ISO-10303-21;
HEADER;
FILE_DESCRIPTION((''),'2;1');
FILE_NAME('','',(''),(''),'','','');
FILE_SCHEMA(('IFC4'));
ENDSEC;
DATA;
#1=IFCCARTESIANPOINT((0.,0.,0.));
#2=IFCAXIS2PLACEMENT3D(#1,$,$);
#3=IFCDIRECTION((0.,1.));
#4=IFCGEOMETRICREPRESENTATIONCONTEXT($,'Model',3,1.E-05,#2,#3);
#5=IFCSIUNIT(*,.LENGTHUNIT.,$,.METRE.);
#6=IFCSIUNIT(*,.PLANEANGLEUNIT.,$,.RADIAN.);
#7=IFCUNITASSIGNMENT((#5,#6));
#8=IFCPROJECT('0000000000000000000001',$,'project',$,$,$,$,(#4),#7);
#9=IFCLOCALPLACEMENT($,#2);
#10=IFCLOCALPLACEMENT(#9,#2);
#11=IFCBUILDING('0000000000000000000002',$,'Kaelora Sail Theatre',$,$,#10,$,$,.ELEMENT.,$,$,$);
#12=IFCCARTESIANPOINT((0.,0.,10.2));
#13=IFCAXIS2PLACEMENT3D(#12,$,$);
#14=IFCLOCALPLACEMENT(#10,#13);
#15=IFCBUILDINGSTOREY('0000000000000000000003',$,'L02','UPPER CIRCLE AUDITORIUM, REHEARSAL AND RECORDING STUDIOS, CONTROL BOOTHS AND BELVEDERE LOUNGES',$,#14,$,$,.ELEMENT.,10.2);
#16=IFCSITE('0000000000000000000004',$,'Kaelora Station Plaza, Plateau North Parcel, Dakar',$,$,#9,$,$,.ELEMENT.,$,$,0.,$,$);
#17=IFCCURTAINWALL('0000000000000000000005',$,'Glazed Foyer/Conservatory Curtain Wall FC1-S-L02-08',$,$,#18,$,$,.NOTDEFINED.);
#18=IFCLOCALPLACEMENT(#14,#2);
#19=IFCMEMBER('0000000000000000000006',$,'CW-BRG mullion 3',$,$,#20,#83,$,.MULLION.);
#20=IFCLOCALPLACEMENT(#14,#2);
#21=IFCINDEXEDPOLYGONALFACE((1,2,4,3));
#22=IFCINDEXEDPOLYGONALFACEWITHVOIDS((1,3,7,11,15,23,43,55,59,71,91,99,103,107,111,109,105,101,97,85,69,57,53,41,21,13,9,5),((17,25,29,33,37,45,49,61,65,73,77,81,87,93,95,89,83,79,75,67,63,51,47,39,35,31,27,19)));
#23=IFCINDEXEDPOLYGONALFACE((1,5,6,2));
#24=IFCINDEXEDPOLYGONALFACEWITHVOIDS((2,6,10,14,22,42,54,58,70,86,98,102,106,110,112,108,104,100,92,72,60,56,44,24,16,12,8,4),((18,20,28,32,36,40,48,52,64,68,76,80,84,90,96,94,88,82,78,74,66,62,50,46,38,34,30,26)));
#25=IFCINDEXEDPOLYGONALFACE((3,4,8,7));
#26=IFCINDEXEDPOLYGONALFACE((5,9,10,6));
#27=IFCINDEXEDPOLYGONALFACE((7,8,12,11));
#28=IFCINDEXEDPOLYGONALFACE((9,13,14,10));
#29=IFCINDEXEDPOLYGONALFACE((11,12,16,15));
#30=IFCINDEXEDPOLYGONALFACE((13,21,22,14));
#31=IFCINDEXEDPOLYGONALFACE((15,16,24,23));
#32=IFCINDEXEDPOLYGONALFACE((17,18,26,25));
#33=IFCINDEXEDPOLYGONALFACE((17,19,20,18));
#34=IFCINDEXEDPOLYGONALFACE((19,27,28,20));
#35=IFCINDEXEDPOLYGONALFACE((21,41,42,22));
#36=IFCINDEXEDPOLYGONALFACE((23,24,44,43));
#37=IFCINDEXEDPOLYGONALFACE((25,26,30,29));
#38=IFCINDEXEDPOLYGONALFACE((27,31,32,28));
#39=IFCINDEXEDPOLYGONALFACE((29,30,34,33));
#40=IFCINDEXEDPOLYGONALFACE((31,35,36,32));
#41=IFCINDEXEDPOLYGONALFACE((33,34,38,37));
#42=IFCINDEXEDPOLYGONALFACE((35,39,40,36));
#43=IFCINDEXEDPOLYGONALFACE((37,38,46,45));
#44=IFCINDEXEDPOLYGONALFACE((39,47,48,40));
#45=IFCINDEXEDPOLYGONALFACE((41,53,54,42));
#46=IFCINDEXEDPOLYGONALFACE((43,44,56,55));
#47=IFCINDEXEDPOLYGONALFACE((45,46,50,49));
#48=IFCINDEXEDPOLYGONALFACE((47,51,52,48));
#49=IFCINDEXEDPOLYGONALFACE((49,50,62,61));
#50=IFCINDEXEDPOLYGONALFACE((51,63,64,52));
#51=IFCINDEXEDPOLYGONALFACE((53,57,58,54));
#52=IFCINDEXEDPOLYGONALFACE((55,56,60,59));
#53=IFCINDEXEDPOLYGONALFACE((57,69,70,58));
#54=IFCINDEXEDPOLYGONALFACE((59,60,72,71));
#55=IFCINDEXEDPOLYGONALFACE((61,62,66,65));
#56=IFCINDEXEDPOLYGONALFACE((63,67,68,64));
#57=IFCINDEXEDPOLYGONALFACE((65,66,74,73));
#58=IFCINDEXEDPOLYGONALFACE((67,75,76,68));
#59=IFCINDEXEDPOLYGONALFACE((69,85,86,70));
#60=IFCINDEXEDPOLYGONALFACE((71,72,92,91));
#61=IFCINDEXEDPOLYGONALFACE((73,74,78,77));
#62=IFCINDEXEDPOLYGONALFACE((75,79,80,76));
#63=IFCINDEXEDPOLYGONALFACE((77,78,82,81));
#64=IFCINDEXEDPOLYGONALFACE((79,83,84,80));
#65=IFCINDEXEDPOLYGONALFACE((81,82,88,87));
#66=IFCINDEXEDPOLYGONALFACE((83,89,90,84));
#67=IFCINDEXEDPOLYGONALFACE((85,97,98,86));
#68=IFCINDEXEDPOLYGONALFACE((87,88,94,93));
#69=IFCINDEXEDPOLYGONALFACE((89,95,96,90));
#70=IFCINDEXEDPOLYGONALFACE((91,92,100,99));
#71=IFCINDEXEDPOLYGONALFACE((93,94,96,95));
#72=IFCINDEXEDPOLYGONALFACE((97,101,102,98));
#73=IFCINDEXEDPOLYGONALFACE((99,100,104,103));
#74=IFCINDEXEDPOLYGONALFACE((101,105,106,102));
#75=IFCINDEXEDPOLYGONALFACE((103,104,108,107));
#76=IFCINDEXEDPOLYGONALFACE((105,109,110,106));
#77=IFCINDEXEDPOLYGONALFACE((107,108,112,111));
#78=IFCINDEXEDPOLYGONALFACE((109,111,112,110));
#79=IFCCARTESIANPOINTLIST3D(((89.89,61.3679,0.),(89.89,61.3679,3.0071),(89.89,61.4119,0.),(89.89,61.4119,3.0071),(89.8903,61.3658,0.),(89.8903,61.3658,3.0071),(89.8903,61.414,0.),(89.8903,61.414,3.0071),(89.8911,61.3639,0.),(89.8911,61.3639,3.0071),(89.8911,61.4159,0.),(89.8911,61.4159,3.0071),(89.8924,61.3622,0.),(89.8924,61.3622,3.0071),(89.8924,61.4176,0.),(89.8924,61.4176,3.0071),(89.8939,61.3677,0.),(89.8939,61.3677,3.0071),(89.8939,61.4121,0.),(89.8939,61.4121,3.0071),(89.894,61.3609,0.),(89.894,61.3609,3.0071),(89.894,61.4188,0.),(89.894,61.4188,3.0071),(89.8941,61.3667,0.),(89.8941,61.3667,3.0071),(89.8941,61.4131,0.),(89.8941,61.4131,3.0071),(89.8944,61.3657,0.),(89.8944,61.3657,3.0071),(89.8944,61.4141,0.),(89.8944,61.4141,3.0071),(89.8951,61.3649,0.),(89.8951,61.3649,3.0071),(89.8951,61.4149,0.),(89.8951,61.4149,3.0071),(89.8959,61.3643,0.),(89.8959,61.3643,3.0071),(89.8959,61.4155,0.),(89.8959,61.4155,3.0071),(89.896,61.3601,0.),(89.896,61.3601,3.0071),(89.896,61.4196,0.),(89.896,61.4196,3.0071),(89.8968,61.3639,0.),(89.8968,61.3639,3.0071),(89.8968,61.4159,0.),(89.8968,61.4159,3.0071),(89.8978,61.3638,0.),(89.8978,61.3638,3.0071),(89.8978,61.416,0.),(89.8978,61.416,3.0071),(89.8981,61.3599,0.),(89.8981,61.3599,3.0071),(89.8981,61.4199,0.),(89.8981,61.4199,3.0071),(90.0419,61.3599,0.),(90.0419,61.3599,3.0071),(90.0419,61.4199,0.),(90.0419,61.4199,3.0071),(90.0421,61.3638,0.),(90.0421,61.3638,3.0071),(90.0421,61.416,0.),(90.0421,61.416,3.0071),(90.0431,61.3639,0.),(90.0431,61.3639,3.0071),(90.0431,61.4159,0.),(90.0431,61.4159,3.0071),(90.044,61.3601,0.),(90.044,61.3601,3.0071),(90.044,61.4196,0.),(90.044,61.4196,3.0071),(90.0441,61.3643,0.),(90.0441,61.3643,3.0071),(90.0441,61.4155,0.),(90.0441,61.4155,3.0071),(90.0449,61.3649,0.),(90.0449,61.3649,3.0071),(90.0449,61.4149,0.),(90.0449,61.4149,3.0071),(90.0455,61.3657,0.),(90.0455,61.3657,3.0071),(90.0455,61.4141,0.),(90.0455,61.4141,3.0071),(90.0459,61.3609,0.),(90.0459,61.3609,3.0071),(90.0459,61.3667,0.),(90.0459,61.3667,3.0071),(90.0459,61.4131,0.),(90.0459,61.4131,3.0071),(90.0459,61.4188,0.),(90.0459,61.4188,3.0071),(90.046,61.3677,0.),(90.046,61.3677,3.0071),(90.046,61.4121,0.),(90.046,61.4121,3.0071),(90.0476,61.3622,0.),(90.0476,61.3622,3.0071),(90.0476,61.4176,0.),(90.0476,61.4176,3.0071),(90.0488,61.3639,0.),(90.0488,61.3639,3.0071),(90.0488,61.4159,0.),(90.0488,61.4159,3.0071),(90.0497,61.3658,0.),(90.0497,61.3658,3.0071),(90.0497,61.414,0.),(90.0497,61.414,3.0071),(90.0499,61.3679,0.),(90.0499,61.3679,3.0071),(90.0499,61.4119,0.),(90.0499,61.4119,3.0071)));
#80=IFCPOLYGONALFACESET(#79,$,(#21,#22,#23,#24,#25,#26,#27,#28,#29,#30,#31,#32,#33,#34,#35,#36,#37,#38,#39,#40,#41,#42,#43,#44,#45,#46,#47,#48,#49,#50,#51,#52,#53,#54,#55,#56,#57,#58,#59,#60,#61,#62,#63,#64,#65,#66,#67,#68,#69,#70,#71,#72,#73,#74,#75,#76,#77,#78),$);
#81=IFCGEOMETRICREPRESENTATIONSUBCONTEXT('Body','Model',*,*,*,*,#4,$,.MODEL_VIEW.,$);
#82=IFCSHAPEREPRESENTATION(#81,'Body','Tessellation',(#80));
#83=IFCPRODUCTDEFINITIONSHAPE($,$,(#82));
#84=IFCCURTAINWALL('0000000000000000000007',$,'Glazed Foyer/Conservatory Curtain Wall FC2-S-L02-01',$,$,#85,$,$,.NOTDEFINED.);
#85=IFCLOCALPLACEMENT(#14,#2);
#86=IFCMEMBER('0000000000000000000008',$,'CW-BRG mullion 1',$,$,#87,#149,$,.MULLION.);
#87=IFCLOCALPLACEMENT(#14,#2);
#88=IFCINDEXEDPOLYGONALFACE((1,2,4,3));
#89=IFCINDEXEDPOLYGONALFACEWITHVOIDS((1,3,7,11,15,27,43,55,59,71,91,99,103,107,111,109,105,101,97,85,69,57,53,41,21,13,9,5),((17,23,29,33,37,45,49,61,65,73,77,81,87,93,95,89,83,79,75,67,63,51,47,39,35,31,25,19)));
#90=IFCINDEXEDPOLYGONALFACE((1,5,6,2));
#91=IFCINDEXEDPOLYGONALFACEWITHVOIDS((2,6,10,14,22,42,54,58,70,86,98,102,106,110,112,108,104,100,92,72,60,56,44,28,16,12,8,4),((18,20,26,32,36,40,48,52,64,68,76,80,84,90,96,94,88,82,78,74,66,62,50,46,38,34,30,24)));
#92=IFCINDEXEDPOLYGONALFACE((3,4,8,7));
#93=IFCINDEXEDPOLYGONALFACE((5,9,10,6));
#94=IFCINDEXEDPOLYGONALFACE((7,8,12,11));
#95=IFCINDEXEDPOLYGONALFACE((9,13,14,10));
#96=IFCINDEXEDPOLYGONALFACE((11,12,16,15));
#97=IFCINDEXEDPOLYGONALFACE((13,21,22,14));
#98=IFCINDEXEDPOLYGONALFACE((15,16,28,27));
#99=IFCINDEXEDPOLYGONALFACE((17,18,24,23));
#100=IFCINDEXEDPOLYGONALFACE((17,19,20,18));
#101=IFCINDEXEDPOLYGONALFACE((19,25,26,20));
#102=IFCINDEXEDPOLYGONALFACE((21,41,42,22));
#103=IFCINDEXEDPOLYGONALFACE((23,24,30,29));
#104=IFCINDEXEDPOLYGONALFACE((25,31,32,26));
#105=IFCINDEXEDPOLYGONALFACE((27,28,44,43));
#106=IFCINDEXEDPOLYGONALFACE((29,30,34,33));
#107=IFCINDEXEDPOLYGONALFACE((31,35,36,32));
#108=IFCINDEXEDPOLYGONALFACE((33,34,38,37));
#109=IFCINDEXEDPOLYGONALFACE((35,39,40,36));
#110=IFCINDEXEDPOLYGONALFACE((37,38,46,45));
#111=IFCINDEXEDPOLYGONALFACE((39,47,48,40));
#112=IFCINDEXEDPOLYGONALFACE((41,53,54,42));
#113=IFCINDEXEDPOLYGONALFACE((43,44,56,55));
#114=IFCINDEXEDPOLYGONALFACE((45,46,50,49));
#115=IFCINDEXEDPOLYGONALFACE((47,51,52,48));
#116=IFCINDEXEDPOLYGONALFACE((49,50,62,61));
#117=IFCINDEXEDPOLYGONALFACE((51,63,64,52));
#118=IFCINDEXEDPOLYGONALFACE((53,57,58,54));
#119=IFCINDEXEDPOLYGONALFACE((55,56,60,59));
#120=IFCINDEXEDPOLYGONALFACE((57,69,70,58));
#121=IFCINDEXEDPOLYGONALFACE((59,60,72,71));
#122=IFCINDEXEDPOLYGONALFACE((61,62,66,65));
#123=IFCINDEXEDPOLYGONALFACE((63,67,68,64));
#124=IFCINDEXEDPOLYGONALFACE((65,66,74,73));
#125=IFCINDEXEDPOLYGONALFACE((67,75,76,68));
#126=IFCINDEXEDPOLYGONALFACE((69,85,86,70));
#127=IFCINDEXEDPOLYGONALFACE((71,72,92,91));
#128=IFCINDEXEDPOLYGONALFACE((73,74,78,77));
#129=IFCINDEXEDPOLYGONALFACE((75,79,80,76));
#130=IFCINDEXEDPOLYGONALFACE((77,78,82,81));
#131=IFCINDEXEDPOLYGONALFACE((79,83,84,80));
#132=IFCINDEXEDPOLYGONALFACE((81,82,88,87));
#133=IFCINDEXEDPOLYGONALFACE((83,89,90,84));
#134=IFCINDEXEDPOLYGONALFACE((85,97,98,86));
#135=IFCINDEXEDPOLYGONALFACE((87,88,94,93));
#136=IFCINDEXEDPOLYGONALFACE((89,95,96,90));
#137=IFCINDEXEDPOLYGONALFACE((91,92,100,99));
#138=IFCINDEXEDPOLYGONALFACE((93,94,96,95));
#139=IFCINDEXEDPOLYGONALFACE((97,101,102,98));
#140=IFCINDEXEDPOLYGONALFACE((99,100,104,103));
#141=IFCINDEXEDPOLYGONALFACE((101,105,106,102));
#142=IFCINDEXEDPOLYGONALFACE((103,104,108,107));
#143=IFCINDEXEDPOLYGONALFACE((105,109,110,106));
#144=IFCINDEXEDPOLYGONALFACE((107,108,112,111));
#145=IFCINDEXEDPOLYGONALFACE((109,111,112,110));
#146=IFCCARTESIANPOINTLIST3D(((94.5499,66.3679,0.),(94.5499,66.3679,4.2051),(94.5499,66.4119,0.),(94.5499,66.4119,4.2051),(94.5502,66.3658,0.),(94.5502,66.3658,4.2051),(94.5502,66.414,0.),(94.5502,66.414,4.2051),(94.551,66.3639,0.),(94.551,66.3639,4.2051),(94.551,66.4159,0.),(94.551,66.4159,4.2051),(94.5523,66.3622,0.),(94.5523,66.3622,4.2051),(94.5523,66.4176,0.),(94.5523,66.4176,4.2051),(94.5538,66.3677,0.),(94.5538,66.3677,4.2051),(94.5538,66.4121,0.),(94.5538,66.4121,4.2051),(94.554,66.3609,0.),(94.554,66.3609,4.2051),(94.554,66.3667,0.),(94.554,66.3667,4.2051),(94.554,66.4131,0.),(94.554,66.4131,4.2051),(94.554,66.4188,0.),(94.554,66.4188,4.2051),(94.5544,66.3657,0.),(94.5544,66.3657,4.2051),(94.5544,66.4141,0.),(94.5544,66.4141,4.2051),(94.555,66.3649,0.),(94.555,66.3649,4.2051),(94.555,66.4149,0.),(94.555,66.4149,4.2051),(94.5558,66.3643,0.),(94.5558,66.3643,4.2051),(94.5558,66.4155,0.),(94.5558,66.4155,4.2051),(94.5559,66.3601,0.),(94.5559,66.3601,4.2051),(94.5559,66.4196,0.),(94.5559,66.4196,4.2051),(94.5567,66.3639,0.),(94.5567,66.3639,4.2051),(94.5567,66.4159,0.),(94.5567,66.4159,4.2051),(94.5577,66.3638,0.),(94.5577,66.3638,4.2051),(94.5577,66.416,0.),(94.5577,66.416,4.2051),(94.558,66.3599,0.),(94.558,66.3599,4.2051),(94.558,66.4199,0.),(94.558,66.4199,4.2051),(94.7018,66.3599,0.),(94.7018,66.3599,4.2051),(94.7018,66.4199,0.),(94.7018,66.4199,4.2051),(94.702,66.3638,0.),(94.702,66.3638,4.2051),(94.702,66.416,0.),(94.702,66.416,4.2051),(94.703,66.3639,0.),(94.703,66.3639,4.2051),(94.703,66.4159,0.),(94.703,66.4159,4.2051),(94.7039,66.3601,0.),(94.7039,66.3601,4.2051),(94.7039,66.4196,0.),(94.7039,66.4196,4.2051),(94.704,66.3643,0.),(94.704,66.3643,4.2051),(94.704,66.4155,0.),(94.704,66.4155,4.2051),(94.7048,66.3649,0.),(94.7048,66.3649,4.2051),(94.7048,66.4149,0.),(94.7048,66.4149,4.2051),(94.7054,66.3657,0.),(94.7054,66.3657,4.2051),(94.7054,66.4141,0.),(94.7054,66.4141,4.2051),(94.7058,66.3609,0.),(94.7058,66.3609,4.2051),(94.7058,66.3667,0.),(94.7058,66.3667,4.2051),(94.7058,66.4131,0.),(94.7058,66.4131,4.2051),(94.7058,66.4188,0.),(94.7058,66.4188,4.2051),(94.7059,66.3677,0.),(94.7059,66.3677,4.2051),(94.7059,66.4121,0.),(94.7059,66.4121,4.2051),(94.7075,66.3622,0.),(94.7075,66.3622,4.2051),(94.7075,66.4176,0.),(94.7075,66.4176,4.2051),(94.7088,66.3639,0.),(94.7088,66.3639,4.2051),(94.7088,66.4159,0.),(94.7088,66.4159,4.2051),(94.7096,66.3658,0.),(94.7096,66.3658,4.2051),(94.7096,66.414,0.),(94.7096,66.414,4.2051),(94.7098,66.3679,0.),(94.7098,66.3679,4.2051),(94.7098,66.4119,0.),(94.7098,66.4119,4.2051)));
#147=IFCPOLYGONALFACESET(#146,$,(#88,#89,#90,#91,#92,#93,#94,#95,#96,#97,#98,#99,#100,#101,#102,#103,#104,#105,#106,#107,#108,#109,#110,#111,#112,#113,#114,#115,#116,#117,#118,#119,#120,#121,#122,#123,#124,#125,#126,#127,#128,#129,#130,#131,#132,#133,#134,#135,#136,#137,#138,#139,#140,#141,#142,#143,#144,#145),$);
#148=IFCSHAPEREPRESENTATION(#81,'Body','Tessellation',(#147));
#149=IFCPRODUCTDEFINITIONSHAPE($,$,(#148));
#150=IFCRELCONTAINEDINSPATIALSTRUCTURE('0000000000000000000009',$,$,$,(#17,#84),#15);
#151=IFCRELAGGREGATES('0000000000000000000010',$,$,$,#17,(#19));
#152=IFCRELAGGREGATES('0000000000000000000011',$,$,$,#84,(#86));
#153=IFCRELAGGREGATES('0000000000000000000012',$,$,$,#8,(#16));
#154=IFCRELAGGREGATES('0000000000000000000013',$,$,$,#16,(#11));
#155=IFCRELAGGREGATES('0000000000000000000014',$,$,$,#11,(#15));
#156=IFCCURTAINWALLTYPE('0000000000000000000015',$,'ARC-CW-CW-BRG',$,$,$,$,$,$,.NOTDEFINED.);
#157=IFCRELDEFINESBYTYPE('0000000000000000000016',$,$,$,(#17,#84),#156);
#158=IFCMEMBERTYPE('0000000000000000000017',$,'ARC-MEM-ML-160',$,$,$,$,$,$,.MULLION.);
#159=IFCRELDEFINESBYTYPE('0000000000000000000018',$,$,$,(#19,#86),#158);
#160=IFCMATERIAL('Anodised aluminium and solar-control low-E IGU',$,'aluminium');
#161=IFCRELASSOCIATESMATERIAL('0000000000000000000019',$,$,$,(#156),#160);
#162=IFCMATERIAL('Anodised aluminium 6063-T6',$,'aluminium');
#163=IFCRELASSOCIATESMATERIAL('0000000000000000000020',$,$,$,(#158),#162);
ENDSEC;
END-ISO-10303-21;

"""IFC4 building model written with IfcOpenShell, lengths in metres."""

from ifc_helpers import new_model, si_unit, direction, frame, origin, origin_2d, place, context, subcontext, project, spatial, hollow_rectangle, extrude, material, material_profile, profile_set, type_object, element, aggregate, save


model = new_model("IFC4")

# Units and contexts
model_context = context("Model", 3, precision=1e-05, world=origin(), true_north=direction((0.0, 1.0)))
body_context = subcontext(model_context, "Body", "Model", "MODEL_VIEW")
ifc_project = project(units=[si_unit("LENGTHUNIT", "METRE"), si_unit("PLANEANGLEUNIT", "RADIAN")], contexts=[model_context])

# Site, building, storey
site_placement = place(None, origin())
site = spatial("IfcSite", under=ifc_project, at=site_placement, Name="Kaelora Station Plaza, Plateau North Parcel, Dakar", CompositionType="ELEMENT", RefElevation=0.0)
building_placement = place(site_placement, origin())
building = spatial("IfcBuilding", under=site, at=building_placement, Name="Kaelora Sail Theatre", CompositionType="ELEMENT")
storey_placement = place(building_placement, frame((0.0, 0.0, 10.2)))
storey = spatial("IfcBuildingStorey", under=building, at=storey_placement, Name="L02", Description="UPPER CIRCLE AUDITORIUM, REHEARSAL AND RECORDING STUDIOS, CONTROL BOOTHS AND BELVEDERE LOUNGES", CompositionType="ELEMENT", Elevation=10.2)

# Curtain wall, member
ifc_material_1 = material(Name="Anodised aluminium and solar-control low-E IGU", Category="aluminium")
curtain_wall_type = type_object("IfcCurtainWallType", Name="ARC-CW-CW-BRG", PredefinedType="NOTDEFINED", material=ifc_material_1)
ifc_material_2 = material(Name="Anodised aluminium 6063-T6", Category="aluminium")
ifc_material_profile_1 = material_profile(ifc_material_2, hollow_rectangle(XDim=0.0601, YDim=0.1599, WallThickness=0.0039, InnerFilletRadius=0.0039, OuterFilletRadius=0.0081, at=origin_2d()), Name="ALU-MULL 60x160x4")
ifc_profile_set_1 = profile_set([ifc_material_profile_1], Name="Anodised aluminium 6063-T6")
member_type_1 = type_object("IfcMemberType", Name="ARC-MEM-ML-160", PredefinedType="MULLION", material=ifc_profile_set_1)
curtain_wall_1_placement = place(storey_placement, origin())
curtain_wall_1 = element("IfcCurtainWall", 1, at=curtain_wall_1_placement, inside=storey, type_object=curtain_wall_type, Name="Glazed Foyer/Conservatory Curtain Wall FC1-S-L02-08", PredefinedType="NOTDEFINED")
member_1_placement = place(storey_placement, frame((89.97, 61.3899, 0.0), z_axis=(0.0, 0.0, 1.0), x_axis=(0.0, 1.0, 0.0)))
member_1 = element("IfcMember", 2, at=member_1_placement, type_object=member_type_1, Name="CW-BRG mullion 3", PredefinedType="MULLION", context=body_context, shape_type="SweptSolid", body=[
    extrude(hollow_rectangle(XDim=0.0601, YDim=0.1599, WallThickness=0.0039, InnerFilletRadius=0.0039, OuterFilletRadius=0.0081, at=origin_2d()), origin(), (0.0, 0.0, 1.0), 3.0071),
])

# Curtain wall, member
curtain_wall_2_placement = place(storey_placement, origin())
curtain_wall_2 = element("IfcCurtainWall", 3, at=curtain_wall_2_placement, inside=storey, type_object=curtain_wall_type, Name="Glazed Foyer/Conservatory Curtain Wall FC2-S-L02-01", PredefinedType="NOTDEFINED")
member_2_placement = place(storey_placement, frame((94.6299, 66.3899, 0.0), z_axis=(0.0, 0.0, 1.0), x_axis=(0.0, 1.0, 0.0)))
member_2 = element("IfcMember", 4, at=member_2_placement, type_object=member_type_1, Name="CW-BRG mullion 1", PredefinedType="MULLION", context=body_context, shape_type="SweptSolid", body=[
    extrude(hollow_rectangle(XDim=0.0601, YDim=0.1599, WallThickness=0.0039, InnerFilletRadius=0.0039, OuterFilletRadius=0.0081, at=origin_2d()), origin(), (0.0, 0.0, 1.0), 4.2051),
])

aggregate(curtain_wall_1, [member_1])
aggregate(curtain_wall_2, [member_2])

save(model, "model.ifc")
